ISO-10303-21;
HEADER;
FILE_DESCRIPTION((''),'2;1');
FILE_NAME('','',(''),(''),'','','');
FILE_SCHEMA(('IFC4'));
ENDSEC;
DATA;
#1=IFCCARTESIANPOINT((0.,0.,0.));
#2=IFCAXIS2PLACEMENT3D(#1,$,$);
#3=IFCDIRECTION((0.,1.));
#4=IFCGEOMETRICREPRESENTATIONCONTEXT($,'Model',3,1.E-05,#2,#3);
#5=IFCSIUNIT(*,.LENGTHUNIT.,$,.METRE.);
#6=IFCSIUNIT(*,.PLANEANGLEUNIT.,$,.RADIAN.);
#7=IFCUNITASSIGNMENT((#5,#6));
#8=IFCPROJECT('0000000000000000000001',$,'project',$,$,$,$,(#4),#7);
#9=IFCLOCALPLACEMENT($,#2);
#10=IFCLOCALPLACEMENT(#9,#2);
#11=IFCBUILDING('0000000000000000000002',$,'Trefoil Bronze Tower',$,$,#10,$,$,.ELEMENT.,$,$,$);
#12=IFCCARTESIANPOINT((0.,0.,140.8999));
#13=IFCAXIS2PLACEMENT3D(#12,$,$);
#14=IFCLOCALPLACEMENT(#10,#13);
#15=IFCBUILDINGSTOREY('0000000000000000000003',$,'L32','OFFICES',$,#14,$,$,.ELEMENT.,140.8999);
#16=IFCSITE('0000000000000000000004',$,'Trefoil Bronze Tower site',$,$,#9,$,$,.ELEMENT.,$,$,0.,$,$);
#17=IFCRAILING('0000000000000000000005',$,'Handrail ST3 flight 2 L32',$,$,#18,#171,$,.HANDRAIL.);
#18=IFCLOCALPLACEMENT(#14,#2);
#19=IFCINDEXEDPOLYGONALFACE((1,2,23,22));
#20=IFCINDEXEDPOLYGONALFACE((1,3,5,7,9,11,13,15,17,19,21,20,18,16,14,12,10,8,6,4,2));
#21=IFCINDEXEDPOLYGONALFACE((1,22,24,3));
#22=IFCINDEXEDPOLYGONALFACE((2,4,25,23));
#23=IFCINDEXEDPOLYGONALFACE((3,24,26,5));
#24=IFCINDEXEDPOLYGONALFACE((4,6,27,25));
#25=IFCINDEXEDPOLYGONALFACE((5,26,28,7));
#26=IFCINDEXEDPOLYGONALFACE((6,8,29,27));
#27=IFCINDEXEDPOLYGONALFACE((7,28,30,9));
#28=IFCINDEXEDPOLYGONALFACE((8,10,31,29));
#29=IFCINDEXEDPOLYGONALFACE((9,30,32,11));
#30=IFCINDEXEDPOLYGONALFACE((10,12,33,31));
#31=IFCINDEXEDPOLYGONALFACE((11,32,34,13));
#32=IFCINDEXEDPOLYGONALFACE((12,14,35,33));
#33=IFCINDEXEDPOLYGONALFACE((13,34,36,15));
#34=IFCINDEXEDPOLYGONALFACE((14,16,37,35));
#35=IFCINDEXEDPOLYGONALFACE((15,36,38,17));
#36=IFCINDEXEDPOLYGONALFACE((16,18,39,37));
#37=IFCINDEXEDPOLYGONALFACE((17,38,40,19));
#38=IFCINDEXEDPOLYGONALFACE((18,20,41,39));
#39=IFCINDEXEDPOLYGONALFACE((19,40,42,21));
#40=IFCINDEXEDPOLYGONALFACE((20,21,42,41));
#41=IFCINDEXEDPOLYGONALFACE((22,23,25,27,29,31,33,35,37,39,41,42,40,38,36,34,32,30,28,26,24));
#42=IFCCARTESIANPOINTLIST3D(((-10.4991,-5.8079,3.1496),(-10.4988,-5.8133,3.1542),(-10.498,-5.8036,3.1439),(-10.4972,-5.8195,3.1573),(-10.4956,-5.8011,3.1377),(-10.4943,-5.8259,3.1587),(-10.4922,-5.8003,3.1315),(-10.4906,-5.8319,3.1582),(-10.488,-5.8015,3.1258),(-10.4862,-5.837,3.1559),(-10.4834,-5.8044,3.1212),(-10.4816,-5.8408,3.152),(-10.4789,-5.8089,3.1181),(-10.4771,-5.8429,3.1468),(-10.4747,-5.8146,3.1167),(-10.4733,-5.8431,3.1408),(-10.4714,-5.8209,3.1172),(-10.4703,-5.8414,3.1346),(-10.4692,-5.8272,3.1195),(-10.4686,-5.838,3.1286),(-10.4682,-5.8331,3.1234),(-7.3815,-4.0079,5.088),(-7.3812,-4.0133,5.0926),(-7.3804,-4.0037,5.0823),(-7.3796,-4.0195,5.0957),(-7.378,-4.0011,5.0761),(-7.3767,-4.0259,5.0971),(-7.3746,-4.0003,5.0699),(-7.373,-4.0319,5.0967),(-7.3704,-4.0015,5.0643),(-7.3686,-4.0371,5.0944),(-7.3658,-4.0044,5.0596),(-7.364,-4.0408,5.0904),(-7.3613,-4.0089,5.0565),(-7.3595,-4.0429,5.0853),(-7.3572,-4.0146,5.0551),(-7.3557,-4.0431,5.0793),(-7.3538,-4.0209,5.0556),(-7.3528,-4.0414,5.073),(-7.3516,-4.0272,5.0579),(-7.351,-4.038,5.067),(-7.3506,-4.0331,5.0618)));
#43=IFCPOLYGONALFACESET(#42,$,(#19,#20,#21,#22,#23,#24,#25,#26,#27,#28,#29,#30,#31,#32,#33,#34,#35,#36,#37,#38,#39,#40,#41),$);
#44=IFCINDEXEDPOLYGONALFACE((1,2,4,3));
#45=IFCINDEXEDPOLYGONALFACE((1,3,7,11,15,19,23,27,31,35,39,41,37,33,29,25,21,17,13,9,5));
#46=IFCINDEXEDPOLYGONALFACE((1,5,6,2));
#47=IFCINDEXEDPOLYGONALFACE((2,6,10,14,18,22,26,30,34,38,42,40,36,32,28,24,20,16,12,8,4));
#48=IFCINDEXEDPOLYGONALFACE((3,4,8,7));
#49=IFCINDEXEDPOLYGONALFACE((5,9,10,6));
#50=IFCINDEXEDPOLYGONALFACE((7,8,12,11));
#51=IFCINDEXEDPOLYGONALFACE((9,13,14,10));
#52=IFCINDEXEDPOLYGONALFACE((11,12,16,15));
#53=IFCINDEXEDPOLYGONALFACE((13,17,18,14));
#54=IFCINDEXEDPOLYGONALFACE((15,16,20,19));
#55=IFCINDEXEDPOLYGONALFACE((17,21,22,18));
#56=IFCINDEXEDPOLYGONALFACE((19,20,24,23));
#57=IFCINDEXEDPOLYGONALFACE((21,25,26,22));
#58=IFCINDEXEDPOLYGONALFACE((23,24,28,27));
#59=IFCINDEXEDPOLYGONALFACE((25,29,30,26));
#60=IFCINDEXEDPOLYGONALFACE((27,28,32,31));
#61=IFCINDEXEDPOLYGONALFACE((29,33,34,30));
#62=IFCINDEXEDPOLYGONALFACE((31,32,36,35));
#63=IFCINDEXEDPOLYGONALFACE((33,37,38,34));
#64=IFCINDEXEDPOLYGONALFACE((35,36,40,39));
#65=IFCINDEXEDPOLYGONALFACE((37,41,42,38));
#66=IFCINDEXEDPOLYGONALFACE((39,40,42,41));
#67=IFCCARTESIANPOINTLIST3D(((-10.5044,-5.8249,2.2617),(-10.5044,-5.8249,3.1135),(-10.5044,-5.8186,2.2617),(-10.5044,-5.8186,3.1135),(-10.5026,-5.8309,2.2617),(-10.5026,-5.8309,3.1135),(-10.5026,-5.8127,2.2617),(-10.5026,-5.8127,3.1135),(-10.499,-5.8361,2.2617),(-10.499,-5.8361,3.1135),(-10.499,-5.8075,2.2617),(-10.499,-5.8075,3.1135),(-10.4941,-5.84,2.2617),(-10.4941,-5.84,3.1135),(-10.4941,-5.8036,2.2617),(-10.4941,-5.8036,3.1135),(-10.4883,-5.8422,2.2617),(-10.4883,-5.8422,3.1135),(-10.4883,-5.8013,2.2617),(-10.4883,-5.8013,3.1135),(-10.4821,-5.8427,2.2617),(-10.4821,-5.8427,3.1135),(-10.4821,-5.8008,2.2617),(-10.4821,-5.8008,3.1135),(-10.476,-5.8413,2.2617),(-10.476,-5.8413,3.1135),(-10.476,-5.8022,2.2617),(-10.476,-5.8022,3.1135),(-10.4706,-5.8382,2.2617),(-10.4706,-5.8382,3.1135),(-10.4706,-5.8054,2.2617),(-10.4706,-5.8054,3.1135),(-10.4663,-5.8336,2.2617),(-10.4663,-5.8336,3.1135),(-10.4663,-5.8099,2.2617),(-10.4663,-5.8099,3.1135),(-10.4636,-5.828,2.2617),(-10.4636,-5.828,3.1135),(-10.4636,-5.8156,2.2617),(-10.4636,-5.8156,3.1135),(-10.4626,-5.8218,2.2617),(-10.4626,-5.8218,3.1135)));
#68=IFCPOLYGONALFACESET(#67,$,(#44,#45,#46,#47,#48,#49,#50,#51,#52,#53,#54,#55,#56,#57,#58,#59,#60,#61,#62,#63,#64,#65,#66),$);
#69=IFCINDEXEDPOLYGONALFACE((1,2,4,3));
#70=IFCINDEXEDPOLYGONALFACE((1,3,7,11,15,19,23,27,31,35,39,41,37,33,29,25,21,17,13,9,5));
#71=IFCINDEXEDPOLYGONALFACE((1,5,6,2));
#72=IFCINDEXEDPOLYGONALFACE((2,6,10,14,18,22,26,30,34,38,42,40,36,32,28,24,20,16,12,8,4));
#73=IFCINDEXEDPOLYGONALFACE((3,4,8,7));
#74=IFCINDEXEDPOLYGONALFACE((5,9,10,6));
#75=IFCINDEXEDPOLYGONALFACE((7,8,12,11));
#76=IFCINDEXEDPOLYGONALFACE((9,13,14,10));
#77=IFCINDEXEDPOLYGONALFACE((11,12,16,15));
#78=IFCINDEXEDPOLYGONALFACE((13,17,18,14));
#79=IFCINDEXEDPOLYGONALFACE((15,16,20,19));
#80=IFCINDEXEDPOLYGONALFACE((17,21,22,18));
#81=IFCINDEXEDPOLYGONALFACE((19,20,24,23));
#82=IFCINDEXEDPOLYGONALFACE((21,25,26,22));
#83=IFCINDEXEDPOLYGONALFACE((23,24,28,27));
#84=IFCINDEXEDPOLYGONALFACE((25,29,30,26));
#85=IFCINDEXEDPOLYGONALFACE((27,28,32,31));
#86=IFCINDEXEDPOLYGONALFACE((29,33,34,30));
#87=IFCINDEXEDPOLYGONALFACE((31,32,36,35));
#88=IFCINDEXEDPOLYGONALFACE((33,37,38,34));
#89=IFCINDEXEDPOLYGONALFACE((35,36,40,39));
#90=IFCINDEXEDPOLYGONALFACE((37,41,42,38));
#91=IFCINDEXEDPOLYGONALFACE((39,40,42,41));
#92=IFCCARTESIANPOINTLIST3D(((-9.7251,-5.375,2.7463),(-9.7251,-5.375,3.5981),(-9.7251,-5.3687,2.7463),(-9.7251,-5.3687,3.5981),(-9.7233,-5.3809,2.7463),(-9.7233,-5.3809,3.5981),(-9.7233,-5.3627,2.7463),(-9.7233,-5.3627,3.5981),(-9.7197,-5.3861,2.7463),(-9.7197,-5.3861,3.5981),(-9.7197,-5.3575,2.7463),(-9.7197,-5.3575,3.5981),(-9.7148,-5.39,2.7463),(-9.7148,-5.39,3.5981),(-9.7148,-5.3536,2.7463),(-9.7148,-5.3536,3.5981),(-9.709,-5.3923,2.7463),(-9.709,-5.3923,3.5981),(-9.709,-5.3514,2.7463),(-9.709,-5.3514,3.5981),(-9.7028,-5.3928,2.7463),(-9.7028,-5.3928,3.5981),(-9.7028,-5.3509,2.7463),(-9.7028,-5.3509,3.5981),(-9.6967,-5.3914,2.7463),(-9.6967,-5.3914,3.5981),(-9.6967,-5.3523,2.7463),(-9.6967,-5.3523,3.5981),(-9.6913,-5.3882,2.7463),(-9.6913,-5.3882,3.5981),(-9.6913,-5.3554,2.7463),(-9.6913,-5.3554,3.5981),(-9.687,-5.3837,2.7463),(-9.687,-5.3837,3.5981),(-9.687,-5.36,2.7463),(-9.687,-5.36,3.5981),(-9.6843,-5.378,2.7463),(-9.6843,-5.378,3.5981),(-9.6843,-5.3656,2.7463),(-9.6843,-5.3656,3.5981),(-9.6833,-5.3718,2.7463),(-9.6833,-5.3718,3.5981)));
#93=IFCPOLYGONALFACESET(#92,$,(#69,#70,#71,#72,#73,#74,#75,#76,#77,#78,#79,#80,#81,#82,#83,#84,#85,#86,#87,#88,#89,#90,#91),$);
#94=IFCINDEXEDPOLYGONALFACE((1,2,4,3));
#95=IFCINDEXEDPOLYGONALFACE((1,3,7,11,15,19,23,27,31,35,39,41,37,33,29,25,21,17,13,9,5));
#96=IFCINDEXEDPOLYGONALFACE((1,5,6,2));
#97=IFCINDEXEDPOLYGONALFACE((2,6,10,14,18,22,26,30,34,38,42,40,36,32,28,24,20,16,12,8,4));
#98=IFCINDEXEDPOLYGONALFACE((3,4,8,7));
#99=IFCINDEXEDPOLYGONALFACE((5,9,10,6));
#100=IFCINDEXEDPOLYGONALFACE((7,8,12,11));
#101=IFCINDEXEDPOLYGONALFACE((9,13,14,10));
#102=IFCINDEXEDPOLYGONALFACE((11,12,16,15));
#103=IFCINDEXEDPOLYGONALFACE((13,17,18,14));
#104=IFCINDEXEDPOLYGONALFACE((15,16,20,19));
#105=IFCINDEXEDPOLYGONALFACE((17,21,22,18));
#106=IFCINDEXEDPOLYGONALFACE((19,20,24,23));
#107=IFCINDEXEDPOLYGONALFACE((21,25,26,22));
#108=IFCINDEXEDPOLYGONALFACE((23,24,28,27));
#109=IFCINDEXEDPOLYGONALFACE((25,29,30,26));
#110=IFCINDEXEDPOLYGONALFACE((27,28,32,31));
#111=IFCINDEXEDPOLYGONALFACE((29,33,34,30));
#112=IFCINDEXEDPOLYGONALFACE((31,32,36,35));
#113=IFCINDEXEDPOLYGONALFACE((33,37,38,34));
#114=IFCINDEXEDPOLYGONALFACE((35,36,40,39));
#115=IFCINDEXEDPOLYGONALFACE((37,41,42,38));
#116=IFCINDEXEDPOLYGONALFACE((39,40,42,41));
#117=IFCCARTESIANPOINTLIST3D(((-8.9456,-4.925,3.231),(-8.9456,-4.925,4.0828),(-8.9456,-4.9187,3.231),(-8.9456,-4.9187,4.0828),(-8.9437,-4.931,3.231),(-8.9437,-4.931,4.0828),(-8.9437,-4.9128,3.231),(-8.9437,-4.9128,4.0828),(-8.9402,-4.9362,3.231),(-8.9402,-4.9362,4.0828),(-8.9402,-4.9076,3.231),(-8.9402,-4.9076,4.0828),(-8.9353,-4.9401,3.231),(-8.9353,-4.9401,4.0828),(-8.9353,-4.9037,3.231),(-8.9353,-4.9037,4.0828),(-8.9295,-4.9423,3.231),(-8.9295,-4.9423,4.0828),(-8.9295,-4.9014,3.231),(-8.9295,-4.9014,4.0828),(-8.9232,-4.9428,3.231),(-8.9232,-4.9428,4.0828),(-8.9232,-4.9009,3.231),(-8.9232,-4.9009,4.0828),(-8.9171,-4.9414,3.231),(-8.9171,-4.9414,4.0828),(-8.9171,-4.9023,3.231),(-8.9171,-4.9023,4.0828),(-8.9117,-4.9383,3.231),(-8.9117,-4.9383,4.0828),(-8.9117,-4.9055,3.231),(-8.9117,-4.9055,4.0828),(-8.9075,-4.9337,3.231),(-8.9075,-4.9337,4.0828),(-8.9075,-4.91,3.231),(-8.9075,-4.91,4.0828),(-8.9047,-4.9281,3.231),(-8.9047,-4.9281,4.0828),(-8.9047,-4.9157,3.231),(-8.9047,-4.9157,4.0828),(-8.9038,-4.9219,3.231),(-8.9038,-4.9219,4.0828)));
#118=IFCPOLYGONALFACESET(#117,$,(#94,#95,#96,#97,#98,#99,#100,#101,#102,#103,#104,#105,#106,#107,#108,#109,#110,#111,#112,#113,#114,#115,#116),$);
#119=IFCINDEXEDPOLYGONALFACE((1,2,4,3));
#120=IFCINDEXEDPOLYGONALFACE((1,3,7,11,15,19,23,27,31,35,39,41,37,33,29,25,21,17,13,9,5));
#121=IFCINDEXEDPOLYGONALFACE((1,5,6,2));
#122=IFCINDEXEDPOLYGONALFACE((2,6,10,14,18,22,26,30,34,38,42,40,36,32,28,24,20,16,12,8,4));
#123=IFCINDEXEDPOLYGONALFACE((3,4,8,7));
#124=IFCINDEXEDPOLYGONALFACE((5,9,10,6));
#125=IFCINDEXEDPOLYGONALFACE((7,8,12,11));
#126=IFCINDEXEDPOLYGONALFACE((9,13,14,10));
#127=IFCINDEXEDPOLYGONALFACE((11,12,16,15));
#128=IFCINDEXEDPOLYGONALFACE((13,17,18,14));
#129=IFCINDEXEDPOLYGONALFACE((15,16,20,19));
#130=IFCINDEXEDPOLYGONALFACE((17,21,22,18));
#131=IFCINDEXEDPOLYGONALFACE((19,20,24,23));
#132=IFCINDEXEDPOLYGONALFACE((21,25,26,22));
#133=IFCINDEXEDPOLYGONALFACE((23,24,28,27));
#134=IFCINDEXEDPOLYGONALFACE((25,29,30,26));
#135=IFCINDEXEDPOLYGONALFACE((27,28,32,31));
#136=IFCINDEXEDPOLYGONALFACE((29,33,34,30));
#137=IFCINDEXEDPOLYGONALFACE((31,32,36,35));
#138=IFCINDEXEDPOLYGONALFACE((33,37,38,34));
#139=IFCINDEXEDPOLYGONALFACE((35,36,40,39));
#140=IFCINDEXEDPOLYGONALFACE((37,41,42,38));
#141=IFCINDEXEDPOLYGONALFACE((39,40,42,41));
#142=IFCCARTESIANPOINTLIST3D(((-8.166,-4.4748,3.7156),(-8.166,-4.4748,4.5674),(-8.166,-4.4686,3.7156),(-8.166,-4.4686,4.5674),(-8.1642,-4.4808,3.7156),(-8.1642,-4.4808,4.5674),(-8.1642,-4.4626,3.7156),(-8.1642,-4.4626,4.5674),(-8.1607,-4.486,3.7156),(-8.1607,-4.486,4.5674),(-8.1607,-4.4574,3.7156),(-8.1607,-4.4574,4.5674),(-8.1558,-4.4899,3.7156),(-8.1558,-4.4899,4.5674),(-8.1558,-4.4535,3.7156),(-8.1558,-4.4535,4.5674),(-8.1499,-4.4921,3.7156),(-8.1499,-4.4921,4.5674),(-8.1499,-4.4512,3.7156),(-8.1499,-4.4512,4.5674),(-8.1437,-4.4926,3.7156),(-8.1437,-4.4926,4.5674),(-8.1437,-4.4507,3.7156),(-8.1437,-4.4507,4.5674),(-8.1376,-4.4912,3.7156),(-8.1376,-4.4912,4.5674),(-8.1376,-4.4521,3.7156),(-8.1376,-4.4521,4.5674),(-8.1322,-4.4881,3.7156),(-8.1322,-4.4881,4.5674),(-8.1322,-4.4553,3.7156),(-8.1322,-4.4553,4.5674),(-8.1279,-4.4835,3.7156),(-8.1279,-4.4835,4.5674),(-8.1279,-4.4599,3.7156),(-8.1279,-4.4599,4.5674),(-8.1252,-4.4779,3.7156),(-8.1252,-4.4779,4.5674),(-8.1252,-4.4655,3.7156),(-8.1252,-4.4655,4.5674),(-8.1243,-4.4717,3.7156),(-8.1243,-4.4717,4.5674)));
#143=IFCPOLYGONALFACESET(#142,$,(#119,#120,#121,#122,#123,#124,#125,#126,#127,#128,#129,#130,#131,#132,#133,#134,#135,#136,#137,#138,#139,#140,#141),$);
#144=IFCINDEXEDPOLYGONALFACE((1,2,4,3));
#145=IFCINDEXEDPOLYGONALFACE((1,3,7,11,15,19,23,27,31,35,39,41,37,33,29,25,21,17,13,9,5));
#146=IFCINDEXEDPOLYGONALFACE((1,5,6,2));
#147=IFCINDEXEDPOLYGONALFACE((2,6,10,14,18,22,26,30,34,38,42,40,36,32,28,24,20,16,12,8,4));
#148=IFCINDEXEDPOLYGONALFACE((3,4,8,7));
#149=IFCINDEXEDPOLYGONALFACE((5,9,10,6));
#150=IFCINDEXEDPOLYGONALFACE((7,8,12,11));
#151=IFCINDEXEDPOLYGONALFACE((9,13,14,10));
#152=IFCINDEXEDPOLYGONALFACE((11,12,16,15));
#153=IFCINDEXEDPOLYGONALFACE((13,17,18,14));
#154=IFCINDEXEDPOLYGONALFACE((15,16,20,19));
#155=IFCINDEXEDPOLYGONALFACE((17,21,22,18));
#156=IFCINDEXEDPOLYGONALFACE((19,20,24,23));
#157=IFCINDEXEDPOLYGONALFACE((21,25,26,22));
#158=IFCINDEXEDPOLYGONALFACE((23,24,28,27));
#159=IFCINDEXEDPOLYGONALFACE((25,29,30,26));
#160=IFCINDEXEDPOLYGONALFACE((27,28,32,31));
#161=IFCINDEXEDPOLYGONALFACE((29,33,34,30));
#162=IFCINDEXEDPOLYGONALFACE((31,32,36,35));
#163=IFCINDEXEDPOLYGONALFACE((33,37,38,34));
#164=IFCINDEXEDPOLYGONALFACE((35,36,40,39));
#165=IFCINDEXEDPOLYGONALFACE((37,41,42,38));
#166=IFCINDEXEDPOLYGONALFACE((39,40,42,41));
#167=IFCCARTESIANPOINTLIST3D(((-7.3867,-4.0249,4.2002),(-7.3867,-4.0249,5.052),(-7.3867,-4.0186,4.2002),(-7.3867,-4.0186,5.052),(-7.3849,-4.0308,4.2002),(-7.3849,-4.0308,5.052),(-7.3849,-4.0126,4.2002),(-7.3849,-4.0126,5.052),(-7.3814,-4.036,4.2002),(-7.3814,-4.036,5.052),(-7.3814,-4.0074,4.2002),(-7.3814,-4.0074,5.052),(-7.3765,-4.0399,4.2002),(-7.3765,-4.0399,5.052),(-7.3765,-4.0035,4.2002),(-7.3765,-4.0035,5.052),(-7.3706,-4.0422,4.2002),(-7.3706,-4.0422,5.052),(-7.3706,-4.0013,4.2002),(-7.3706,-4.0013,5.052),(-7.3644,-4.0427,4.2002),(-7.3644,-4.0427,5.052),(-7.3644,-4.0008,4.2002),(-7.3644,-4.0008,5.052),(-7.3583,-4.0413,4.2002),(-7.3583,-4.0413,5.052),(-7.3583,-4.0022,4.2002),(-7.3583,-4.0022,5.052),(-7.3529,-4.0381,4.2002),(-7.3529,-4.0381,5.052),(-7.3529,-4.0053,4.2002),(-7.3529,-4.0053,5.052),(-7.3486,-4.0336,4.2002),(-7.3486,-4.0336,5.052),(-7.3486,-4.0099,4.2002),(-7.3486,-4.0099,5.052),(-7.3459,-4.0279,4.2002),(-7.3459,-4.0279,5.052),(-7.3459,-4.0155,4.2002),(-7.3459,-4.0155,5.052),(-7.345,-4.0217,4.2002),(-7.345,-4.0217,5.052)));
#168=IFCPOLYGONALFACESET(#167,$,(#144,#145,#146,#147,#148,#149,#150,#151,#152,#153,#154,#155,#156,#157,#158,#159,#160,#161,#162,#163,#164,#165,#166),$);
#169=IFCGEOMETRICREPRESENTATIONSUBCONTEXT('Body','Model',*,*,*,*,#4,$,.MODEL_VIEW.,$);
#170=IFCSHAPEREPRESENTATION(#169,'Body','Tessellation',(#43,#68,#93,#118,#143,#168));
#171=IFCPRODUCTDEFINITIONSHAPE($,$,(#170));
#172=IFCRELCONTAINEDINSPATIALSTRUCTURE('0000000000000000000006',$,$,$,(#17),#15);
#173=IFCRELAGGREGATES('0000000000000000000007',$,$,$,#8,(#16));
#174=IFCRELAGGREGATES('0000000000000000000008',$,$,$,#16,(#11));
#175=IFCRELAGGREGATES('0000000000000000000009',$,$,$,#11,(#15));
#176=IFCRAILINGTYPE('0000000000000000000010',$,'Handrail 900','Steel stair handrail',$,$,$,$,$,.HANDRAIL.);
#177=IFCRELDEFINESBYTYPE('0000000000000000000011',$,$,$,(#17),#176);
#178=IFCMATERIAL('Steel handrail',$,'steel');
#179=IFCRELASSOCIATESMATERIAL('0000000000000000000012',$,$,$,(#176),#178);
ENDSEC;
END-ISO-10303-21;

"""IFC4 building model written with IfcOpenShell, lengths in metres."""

from ifc_helpers import new_model, si_unit, direction, frame, origin, origin_2d, place, context, subcontext, project, spatial, circle, extrude, material, type_object, element, save


model = new_model("IFC4")

# Units and contexts
model_context = context("Model", 3, precision=1e-05, world=origin(), true_north=direction((0.0, 1.0)))
body_context = subcontext(model_context, "Body", "Model", "MODEL_VIEW")
ifc_project = project(units=[si_unit("LENGTHUNIT", "METRE"), si_unit("PLANEANGLEUNIT", "RADIAN")], contexts=[model_context])

# Site, building, storey
site_placement = place(None, origin())
site = spatial("IfcSite", under=ifc_project, at=site_placement, Name="Trefoil Bronze Tower site", CompositionType="ELEMENT", RefElevation=0.0)
building_placement = place(site_placement, origin())
building = spatial("IfcBuilding", under=site, at=building_placement, Name="Trefoil Bronze Tower", CompositionType="ELEMENT")
storey_placement = place(building_placement, frame((0.0, 0.0, 140.8999)))
storey = spatial("IfcBuildingStorey", under=building, at=storey_placement, Name="L32", Description="OFFICES", CompositionType="ELEMENT", Elevation=140.8999)

# Railing
ifc_material_1 = material(Name="Steel handrail", Category="steel")
railing_type = type_object("IfcRailingType", Name="Handrail 900", Description="Steel stair handrail", PredefinedType="HANDRAIL", material=ifc_material_1)
railing_1_placement = place(storey_placement, frame((-10.4836, -5.8218, 2.2617)))
element("IfcRailing", 1, at=railing_1_placement, inside=storey, type_object=railing_type, Name="Handrail ST3 flight 2 L32", PredefinedType="HANDRAIL", context=body_context, shape_type="SweptSolid", body=[
    extrude(circle(Radius=0.0239, at=origin_2d()), frame((0.0, 0.0, 0.876), z_axis=(0.762503, 0.440246, 0.474102), x_axis=(-0.500012, 0.866018, 0.0)), (0.0, 0.0, 1.0), 4.0886),
    extrude(circle(Radius=0.021, at=origin_2d()), origin(), (0.0, 0.0, 1.0), 0.8518),
    extrude(circle(Radius=0.021, at=origin_2d()), frame((0.7793, 0.45, 0.4846)), (0.0, 0.0, 1.0), 0.8518),
    extrude(circle(Radius=0.021, at=origin_2d()), frame((1.5588, 0.8999, 0.9692)), (0.0, 0.0, 1.0), 0.8518),
    extrude(circle(Radius=0.021, at=origin_2d()), frame((2.3384, 1.3501, 1.4539)), (0.0, 0.0, 1.0), 0.8518),
    extrude(circle(Radius=0.021, at=origin_2d()), frame((3.1177, 1.8, 1.9385)), (0.0, 0.0, 1.0), 0.8518),
])

save(model, "model.ifc")
